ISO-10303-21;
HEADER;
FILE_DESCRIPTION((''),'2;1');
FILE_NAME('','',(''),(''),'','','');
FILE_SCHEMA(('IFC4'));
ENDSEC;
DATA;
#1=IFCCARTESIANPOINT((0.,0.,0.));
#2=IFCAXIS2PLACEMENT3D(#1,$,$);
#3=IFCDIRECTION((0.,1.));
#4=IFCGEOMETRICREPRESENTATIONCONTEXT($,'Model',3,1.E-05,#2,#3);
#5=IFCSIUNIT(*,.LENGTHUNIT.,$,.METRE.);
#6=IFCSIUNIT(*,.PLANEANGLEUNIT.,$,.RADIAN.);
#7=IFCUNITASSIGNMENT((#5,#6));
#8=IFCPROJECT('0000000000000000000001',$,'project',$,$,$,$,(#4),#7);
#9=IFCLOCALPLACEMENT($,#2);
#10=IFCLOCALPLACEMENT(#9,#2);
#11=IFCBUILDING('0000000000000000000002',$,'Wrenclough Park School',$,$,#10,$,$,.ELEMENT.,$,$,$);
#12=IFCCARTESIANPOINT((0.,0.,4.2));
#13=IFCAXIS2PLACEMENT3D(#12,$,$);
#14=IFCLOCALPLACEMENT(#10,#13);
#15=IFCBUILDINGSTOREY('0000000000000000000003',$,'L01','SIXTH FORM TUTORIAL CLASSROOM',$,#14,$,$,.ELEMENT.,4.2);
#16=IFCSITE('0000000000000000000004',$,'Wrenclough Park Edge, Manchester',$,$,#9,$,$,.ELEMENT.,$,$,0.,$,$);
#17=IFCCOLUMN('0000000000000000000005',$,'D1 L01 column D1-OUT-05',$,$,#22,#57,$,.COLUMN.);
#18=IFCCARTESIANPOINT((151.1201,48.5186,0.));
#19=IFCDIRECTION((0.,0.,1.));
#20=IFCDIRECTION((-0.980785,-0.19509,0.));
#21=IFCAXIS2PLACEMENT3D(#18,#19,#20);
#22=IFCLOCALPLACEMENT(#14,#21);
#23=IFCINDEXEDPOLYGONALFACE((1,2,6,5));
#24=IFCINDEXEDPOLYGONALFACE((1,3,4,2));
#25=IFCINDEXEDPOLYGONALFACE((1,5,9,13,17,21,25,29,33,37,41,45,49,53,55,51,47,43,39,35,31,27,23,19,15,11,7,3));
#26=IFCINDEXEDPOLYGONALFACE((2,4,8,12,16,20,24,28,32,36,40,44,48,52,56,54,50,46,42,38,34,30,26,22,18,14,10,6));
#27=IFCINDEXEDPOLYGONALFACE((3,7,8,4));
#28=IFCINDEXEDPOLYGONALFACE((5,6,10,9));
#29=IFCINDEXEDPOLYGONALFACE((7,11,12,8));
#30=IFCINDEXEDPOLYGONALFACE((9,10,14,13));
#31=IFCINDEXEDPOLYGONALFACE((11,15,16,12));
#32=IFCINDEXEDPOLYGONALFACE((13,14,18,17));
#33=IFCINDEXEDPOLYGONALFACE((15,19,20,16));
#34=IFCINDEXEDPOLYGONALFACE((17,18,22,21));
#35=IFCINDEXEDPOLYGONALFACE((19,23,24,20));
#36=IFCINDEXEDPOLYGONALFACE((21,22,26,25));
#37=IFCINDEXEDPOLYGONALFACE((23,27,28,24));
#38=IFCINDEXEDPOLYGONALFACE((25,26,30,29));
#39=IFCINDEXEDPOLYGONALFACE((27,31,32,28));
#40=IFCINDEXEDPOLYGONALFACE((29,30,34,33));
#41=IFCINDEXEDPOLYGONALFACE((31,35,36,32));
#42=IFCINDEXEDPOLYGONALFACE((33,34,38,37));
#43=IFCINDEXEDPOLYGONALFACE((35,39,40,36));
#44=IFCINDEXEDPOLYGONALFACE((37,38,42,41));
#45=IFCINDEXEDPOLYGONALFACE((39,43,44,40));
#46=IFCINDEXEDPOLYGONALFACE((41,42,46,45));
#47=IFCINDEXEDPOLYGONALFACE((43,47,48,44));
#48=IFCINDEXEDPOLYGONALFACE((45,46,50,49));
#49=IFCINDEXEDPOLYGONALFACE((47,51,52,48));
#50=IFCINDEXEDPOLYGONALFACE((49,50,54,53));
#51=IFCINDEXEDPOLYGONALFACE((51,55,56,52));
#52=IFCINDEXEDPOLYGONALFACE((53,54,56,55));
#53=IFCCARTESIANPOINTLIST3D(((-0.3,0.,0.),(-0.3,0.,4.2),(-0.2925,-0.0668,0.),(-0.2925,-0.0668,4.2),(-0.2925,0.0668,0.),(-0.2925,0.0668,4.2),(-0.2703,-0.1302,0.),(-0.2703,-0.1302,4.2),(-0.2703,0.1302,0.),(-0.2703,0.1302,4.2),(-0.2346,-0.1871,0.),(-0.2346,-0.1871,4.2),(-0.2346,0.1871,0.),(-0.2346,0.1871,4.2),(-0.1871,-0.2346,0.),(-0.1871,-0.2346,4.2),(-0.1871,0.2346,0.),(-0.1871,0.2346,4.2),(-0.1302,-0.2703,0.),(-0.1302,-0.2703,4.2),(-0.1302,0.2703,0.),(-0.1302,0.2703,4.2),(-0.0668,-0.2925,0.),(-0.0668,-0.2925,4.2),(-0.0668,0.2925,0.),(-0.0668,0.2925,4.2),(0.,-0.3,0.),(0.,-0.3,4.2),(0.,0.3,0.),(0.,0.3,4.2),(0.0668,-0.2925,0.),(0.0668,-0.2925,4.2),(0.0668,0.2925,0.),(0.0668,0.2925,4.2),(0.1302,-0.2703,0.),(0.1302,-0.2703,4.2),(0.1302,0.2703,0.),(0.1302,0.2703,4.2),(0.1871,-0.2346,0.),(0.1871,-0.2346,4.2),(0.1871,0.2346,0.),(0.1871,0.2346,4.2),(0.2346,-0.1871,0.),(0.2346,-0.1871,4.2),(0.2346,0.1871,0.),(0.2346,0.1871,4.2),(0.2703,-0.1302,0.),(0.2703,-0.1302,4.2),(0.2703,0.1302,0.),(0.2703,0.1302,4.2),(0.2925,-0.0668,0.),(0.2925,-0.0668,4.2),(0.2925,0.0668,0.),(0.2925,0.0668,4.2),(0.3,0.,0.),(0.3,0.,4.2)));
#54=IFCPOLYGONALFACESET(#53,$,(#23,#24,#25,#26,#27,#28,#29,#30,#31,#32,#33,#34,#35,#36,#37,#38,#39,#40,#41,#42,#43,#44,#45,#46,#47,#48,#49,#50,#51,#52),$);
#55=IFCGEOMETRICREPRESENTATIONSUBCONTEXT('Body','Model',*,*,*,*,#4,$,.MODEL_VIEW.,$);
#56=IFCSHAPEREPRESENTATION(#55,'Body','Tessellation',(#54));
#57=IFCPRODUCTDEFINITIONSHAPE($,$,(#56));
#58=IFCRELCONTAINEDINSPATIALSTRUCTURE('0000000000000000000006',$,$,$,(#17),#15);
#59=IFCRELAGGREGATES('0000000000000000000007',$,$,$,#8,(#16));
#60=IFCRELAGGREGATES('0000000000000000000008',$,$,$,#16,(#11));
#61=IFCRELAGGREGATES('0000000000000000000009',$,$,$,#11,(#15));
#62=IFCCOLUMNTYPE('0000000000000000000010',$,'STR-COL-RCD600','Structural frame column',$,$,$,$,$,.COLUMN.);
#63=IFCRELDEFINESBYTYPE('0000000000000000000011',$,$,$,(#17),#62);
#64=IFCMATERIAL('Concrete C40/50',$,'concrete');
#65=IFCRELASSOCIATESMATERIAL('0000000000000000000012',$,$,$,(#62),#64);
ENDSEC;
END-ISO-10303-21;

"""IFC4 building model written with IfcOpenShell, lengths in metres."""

from ifc_helpers import new_model, si_unit, direction, frame, origin, origin_2d, place, context, subcontext, project, spatial, circle, extrude, material, material_profile, profile_set, type_object, element, save


model = new_model("IFC4")

# Units and contexts
model_context = context("Model", 3, precision=1e-05, world=origin(), true_north=direction((0.0, 1.0)))
body_context = subcontext(model_context, "Body", "Model", "MODEL_VIEW")
ifc_project = project(units=[si_unit("LENGTHUNIT", "METRE"), si_unit("PLANEANGLEUNIT", "RADIAN")], contexts=[model_context])

# Site, building, storey
site_placement = place(None, origin())
site = spatial("IfcSite", under=ifc_project, at=site_placement, Name="Wrenclough Park Edge, Manchester", CompositionType="ELEMENT", RefElevation=0.0)
building_placement = place(site_placement, origin())
building = spatial("IfcBuilding", under=site, at=building_placement, Name="Wrenclough Park School", CompositionType="ELEMENT")
storey_placement = place(building_placement, frame((0.0, 0.0, 4.2)))
storey = spatial("IfcBuildingStorey", under=building, at=storey_placement, Name="L01", Description="SIXTH FORM TUTORIAL CLASSROOM", CompositionType="ELEMENT", Elevation=4.2)

# Column
ifc_material_1 = material(Name="Concrete C40/50", Category="concrete")
ifc_material_profile_1 = material_profile(ifc_material_1, circle(Radius=0.3, at=origin_2d()), Name="RC COL D600")
ifc_profile_set_1 = profile_set([ifc_material_profile_1], Name="Concrete C40/50")
column_type_1 = type_object("IfcColumnType", Name="STR-COL-RCD600", Description="Structural frame column", PredefinedType="COLUMN", material=ifc_profile_set_1)
column_placement = place(storey_placement, frame((151.1201, 48.5186, 0.0), z_axis=(0.0, 0.0, 1.0), x_axis=(-0.980785, -0.19509, 0.0)))
element("IfcColumn", 1, at=column_placement, inside=storey, type_object=column_type_1, Name="D1 L01 column D1-OUT-05", PredefinedType="COLUMN", context=body_context, shape_type="SweptSolid", body=[
    extrude(circle(Radius=0.3, at=origin_2d()), origin(), (0.0, 0.0, 1.0), 4.2),
])

save(model, "model.ifc")
